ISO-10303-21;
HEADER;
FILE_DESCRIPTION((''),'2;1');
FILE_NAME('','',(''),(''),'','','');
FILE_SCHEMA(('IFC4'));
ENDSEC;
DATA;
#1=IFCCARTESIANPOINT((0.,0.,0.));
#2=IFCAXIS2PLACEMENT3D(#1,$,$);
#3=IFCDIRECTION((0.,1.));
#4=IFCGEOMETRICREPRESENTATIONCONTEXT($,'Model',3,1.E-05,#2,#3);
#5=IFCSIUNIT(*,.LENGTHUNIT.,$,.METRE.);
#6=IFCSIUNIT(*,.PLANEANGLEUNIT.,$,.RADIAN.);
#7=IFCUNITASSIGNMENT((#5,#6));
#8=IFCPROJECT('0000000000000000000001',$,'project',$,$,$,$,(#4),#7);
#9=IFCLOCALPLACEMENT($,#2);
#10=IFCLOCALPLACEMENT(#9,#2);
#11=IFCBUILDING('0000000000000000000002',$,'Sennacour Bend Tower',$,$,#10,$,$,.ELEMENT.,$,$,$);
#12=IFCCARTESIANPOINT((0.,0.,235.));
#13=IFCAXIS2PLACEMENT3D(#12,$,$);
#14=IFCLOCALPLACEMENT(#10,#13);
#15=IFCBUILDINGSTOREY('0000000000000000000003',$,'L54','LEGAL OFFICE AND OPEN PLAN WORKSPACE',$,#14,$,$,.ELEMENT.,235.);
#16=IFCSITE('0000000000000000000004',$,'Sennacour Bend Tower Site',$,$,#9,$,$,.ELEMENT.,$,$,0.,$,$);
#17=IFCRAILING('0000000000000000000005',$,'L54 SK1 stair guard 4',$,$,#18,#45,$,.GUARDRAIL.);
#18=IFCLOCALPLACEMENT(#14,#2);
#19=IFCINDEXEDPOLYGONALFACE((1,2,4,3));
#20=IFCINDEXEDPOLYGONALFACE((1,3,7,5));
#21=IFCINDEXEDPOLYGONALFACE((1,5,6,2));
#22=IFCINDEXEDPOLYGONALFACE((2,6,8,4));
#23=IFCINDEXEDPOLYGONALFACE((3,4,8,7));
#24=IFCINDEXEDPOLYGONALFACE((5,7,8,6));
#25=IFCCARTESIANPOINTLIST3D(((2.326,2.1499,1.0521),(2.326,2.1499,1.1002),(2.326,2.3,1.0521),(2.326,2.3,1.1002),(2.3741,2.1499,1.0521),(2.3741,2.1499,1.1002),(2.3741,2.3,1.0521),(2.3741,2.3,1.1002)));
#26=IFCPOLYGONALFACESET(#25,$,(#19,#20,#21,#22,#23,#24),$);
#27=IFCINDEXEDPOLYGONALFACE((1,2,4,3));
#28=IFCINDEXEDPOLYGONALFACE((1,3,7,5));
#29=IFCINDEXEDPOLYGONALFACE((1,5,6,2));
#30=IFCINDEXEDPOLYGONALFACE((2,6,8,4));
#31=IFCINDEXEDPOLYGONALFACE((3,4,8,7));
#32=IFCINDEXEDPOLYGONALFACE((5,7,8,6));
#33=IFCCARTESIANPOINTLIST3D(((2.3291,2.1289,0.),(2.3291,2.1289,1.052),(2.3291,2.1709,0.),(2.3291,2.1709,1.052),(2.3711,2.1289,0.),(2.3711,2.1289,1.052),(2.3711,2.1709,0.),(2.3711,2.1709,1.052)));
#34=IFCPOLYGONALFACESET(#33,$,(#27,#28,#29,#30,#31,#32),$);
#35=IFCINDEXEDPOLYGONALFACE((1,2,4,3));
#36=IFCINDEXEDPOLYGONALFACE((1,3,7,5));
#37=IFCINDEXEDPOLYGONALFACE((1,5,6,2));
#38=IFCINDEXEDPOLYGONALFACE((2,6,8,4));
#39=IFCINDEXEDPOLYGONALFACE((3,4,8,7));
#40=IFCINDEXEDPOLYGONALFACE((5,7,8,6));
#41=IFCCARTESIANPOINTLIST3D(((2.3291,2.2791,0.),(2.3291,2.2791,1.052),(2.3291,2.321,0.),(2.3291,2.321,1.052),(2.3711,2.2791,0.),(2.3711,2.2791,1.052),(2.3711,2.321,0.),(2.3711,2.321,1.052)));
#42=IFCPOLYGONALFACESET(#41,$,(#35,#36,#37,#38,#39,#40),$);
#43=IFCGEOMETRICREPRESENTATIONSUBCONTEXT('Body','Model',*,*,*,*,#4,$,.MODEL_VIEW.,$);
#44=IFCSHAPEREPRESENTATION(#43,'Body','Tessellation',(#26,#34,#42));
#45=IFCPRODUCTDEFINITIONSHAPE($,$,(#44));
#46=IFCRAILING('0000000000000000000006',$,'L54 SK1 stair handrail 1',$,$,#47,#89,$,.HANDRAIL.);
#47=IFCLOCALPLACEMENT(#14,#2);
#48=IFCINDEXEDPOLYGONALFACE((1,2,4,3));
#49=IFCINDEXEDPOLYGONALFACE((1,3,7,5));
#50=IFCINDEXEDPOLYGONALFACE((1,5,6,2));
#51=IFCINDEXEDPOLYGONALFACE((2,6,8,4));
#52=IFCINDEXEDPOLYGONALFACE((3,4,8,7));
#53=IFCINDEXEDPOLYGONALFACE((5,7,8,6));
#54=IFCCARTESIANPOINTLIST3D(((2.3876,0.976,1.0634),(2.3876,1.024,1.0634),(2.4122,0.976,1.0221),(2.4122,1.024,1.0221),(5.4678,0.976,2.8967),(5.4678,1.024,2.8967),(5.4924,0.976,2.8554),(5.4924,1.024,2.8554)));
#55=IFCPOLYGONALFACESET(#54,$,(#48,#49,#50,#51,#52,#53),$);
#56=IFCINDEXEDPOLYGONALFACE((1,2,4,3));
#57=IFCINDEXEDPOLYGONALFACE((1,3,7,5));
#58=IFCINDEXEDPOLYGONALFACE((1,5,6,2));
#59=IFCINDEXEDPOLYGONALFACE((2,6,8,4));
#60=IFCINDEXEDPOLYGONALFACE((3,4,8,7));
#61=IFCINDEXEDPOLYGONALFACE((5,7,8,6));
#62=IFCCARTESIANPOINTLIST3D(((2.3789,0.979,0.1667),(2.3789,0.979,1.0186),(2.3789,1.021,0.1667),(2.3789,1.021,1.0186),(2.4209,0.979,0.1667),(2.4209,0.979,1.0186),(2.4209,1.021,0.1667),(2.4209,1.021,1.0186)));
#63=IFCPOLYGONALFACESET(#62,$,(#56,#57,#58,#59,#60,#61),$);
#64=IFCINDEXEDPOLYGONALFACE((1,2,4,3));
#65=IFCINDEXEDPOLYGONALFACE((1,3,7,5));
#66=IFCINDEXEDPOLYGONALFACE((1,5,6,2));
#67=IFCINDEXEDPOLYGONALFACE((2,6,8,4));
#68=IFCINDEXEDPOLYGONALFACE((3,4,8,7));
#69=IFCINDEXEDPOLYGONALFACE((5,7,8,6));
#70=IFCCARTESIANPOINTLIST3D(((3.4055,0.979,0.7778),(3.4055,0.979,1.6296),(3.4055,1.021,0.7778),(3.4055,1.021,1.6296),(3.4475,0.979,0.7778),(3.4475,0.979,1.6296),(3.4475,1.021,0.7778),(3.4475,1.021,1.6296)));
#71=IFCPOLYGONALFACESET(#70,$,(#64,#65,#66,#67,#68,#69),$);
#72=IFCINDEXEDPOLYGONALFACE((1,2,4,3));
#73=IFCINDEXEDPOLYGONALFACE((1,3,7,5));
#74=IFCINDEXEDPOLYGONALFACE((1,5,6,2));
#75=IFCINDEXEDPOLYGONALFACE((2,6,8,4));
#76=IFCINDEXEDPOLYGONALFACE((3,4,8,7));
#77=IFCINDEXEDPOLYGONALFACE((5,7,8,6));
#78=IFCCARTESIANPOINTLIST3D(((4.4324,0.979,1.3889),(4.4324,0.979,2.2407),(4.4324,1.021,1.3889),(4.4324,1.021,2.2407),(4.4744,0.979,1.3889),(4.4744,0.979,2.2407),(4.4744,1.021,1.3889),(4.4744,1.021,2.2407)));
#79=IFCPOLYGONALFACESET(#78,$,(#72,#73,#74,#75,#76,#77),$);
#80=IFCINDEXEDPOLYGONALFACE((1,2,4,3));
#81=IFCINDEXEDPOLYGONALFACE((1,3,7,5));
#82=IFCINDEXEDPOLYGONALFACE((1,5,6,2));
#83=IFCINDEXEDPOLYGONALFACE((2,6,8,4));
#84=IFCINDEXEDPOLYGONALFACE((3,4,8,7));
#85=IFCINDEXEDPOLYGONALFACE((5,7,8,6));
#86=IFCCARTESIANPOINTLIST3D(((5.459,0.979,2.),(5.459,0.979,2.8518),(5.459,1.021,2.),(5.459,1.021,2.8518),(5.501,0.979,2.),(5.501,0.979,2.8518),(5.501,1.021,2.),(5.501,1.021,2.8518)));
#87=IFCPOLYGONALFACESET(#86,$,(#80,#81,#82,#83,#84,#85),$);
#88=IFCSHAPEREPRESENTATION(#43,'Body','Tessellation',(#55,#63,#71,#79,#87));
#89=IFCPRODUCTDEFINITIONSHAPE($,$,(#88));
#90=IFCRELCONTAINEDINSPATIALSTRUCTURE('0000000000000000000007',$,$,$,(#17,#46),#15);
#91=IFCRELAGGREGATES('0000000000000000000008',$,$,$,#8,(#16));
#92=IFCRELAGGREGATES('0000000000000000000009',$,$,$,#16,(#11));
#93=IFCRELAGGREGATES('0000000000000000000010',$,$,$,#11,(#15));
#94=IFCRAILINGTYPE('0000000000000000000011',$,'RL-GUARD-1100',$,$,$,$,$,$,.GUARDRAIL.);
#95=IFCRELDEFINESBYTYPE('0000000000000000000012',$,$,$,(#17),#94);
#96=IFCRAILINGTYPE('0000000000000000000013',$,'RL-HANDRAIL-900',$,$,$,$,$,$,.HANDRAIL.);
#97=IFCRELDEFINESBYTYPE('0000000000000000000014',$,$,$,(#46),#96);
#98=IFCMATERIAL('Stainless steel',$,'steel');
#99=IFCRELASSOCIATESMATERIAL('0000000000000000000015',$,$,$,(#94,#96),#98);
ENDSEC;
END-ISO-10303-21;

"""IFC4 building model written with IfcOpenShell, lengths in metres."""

from ifc_helpers import new_model, si_unit, direction, frame, origin, origin_2d, place, context, subcontext, project, spatial, rectangle, extrude, material, type_object, element, save


model = new_model("IFC4")

# Units and contexts
model_context = context("Model", 3, precision=1e-05, world=origin(), true_north=direction((0.0, 1.0)))
body_context = subcontext(model_context, "Body", "Model", "MODEL_VIEW")
ifc_project = project(units=[si_unit("LENGTHUNIT", "METRE"), si_unit("PLANEANGLEUNIT", "RADIAN")], contexts=[model_context])

# Site, building, storey
site_placement = place(None, origin())
site = spatial("IfcSite", under=ifc_project, at=site_placement, Name="Sennacour Bend Tower Site", CompositionType="ELEMENT", RefElevation=0.0)
building_placement = place(site_placement, origin())
building = spatial("IfcBuilding", under=site, at=building_placement, Name="Sennacour Bend Tower", CompositionType="ELEMENT")
storey_placement = place(building_placement, frame((0.0, 0.0, 235.0)))
storey = spatial("IfcBuildingStorey", under=building, at=storey_placement, Name="L54", Description="LEGAL OFFICE AND OPEN PLAN WORKSPACE", CompositionType="ELEMENT", Elevation=235.0)

# Railings
ifc_material_1 = material(Name="Stainless steel", Category="steel")
railing_type_1 = type_object("IfcRailingType", Name="RL-GUARD-1100", PredefinedType="GUARDRAIL", material=ifc_material_1)
railing_1_placement = place(storey_placement, frame((2.3501, 2.1499, 0.0)))
element("IfcRailing", 1, at=railing_1_placement, inside=storey, type_object=railing_type_1, Name="L54 SK1 stair guard 4", PredefinedType="GUARDRAIL", context=body_context, shape_type="SweptSolid", body=[
    extrude(rectangle(XDim=0.0481, YDim=0.0481, at=origin_2d()), frame((0.0, 0.0, 1.0762), z_axis=(0.0, 1.0, 0.0), x_axis=(-1.0, 0.0, 0.0)), (0.0, 0.0, 1.0), 0.1501),
    extrude(rectangle(XDim=0.042, YDim=0.042, at=origin_2d()), origin(), (0.0, 0.0, 1.0), 1.052),
    extrude(rectangle(XDim=0.042, YDim=0.042, at=origin_2d()), frame((0.0, 0.1501, 0.0)), (0.0, 0.0, 1.0), 1.052),
])
railing_type_2 = type_object("IfcRailingType", Name="RL-HANDRAIL-900", PredefinedType="HANDRAIL", material=ifc_material_1)
railing_2_placement = place(storey_placement, frame((2.3999, 1.0, 0.1667)))
element("IfcRailing", 2, at=railing_2_placement, inside=storey, type_object=railing_type_2, Name="L54 SK1 stair handrail 1", PredefinedType="HANDRAIL", context=body_context, shape_type="SweptSolid", body=[
    extrude(rectangle(XDim=0.0481, YDim=0.0481, at=origin_2d()), frame((0.0, 0.0, 0.876), z_axis=(0.859309, 0.0, 0.511458), x_axis=(0.0, 1.0, 0.0)), (0.0, 0.0, 1.0), 3.5845),
    extrude(rectangle(XDim=0.042, YDim=0.042, at=origin_2d()), origin(), (0.0, 0.0, 1.0), 0.8518),
    extrude(rectangle(XDim=0.042, YDim=0.042, at=origin_2d()), frame((1.0266, 0.0, 0.6111)), (0.0, 0.0, 1.0), 0.8518),
    extrude(rectangle(XDim=0.042, YDim=0.042, at=origin_2d()), frame((2.0535, 0.0, 1.2222)), (0.0, 0.0, 1.0), 0.8518),
    extrude(rectangle(XDim=0.042, YDim=0.042, at=origin_2d()), frame((3.0801, 0.0, 1.8333)), (0.0, 0.0, 1.0), 0.8518),
])

save(model, "model.ifc")
